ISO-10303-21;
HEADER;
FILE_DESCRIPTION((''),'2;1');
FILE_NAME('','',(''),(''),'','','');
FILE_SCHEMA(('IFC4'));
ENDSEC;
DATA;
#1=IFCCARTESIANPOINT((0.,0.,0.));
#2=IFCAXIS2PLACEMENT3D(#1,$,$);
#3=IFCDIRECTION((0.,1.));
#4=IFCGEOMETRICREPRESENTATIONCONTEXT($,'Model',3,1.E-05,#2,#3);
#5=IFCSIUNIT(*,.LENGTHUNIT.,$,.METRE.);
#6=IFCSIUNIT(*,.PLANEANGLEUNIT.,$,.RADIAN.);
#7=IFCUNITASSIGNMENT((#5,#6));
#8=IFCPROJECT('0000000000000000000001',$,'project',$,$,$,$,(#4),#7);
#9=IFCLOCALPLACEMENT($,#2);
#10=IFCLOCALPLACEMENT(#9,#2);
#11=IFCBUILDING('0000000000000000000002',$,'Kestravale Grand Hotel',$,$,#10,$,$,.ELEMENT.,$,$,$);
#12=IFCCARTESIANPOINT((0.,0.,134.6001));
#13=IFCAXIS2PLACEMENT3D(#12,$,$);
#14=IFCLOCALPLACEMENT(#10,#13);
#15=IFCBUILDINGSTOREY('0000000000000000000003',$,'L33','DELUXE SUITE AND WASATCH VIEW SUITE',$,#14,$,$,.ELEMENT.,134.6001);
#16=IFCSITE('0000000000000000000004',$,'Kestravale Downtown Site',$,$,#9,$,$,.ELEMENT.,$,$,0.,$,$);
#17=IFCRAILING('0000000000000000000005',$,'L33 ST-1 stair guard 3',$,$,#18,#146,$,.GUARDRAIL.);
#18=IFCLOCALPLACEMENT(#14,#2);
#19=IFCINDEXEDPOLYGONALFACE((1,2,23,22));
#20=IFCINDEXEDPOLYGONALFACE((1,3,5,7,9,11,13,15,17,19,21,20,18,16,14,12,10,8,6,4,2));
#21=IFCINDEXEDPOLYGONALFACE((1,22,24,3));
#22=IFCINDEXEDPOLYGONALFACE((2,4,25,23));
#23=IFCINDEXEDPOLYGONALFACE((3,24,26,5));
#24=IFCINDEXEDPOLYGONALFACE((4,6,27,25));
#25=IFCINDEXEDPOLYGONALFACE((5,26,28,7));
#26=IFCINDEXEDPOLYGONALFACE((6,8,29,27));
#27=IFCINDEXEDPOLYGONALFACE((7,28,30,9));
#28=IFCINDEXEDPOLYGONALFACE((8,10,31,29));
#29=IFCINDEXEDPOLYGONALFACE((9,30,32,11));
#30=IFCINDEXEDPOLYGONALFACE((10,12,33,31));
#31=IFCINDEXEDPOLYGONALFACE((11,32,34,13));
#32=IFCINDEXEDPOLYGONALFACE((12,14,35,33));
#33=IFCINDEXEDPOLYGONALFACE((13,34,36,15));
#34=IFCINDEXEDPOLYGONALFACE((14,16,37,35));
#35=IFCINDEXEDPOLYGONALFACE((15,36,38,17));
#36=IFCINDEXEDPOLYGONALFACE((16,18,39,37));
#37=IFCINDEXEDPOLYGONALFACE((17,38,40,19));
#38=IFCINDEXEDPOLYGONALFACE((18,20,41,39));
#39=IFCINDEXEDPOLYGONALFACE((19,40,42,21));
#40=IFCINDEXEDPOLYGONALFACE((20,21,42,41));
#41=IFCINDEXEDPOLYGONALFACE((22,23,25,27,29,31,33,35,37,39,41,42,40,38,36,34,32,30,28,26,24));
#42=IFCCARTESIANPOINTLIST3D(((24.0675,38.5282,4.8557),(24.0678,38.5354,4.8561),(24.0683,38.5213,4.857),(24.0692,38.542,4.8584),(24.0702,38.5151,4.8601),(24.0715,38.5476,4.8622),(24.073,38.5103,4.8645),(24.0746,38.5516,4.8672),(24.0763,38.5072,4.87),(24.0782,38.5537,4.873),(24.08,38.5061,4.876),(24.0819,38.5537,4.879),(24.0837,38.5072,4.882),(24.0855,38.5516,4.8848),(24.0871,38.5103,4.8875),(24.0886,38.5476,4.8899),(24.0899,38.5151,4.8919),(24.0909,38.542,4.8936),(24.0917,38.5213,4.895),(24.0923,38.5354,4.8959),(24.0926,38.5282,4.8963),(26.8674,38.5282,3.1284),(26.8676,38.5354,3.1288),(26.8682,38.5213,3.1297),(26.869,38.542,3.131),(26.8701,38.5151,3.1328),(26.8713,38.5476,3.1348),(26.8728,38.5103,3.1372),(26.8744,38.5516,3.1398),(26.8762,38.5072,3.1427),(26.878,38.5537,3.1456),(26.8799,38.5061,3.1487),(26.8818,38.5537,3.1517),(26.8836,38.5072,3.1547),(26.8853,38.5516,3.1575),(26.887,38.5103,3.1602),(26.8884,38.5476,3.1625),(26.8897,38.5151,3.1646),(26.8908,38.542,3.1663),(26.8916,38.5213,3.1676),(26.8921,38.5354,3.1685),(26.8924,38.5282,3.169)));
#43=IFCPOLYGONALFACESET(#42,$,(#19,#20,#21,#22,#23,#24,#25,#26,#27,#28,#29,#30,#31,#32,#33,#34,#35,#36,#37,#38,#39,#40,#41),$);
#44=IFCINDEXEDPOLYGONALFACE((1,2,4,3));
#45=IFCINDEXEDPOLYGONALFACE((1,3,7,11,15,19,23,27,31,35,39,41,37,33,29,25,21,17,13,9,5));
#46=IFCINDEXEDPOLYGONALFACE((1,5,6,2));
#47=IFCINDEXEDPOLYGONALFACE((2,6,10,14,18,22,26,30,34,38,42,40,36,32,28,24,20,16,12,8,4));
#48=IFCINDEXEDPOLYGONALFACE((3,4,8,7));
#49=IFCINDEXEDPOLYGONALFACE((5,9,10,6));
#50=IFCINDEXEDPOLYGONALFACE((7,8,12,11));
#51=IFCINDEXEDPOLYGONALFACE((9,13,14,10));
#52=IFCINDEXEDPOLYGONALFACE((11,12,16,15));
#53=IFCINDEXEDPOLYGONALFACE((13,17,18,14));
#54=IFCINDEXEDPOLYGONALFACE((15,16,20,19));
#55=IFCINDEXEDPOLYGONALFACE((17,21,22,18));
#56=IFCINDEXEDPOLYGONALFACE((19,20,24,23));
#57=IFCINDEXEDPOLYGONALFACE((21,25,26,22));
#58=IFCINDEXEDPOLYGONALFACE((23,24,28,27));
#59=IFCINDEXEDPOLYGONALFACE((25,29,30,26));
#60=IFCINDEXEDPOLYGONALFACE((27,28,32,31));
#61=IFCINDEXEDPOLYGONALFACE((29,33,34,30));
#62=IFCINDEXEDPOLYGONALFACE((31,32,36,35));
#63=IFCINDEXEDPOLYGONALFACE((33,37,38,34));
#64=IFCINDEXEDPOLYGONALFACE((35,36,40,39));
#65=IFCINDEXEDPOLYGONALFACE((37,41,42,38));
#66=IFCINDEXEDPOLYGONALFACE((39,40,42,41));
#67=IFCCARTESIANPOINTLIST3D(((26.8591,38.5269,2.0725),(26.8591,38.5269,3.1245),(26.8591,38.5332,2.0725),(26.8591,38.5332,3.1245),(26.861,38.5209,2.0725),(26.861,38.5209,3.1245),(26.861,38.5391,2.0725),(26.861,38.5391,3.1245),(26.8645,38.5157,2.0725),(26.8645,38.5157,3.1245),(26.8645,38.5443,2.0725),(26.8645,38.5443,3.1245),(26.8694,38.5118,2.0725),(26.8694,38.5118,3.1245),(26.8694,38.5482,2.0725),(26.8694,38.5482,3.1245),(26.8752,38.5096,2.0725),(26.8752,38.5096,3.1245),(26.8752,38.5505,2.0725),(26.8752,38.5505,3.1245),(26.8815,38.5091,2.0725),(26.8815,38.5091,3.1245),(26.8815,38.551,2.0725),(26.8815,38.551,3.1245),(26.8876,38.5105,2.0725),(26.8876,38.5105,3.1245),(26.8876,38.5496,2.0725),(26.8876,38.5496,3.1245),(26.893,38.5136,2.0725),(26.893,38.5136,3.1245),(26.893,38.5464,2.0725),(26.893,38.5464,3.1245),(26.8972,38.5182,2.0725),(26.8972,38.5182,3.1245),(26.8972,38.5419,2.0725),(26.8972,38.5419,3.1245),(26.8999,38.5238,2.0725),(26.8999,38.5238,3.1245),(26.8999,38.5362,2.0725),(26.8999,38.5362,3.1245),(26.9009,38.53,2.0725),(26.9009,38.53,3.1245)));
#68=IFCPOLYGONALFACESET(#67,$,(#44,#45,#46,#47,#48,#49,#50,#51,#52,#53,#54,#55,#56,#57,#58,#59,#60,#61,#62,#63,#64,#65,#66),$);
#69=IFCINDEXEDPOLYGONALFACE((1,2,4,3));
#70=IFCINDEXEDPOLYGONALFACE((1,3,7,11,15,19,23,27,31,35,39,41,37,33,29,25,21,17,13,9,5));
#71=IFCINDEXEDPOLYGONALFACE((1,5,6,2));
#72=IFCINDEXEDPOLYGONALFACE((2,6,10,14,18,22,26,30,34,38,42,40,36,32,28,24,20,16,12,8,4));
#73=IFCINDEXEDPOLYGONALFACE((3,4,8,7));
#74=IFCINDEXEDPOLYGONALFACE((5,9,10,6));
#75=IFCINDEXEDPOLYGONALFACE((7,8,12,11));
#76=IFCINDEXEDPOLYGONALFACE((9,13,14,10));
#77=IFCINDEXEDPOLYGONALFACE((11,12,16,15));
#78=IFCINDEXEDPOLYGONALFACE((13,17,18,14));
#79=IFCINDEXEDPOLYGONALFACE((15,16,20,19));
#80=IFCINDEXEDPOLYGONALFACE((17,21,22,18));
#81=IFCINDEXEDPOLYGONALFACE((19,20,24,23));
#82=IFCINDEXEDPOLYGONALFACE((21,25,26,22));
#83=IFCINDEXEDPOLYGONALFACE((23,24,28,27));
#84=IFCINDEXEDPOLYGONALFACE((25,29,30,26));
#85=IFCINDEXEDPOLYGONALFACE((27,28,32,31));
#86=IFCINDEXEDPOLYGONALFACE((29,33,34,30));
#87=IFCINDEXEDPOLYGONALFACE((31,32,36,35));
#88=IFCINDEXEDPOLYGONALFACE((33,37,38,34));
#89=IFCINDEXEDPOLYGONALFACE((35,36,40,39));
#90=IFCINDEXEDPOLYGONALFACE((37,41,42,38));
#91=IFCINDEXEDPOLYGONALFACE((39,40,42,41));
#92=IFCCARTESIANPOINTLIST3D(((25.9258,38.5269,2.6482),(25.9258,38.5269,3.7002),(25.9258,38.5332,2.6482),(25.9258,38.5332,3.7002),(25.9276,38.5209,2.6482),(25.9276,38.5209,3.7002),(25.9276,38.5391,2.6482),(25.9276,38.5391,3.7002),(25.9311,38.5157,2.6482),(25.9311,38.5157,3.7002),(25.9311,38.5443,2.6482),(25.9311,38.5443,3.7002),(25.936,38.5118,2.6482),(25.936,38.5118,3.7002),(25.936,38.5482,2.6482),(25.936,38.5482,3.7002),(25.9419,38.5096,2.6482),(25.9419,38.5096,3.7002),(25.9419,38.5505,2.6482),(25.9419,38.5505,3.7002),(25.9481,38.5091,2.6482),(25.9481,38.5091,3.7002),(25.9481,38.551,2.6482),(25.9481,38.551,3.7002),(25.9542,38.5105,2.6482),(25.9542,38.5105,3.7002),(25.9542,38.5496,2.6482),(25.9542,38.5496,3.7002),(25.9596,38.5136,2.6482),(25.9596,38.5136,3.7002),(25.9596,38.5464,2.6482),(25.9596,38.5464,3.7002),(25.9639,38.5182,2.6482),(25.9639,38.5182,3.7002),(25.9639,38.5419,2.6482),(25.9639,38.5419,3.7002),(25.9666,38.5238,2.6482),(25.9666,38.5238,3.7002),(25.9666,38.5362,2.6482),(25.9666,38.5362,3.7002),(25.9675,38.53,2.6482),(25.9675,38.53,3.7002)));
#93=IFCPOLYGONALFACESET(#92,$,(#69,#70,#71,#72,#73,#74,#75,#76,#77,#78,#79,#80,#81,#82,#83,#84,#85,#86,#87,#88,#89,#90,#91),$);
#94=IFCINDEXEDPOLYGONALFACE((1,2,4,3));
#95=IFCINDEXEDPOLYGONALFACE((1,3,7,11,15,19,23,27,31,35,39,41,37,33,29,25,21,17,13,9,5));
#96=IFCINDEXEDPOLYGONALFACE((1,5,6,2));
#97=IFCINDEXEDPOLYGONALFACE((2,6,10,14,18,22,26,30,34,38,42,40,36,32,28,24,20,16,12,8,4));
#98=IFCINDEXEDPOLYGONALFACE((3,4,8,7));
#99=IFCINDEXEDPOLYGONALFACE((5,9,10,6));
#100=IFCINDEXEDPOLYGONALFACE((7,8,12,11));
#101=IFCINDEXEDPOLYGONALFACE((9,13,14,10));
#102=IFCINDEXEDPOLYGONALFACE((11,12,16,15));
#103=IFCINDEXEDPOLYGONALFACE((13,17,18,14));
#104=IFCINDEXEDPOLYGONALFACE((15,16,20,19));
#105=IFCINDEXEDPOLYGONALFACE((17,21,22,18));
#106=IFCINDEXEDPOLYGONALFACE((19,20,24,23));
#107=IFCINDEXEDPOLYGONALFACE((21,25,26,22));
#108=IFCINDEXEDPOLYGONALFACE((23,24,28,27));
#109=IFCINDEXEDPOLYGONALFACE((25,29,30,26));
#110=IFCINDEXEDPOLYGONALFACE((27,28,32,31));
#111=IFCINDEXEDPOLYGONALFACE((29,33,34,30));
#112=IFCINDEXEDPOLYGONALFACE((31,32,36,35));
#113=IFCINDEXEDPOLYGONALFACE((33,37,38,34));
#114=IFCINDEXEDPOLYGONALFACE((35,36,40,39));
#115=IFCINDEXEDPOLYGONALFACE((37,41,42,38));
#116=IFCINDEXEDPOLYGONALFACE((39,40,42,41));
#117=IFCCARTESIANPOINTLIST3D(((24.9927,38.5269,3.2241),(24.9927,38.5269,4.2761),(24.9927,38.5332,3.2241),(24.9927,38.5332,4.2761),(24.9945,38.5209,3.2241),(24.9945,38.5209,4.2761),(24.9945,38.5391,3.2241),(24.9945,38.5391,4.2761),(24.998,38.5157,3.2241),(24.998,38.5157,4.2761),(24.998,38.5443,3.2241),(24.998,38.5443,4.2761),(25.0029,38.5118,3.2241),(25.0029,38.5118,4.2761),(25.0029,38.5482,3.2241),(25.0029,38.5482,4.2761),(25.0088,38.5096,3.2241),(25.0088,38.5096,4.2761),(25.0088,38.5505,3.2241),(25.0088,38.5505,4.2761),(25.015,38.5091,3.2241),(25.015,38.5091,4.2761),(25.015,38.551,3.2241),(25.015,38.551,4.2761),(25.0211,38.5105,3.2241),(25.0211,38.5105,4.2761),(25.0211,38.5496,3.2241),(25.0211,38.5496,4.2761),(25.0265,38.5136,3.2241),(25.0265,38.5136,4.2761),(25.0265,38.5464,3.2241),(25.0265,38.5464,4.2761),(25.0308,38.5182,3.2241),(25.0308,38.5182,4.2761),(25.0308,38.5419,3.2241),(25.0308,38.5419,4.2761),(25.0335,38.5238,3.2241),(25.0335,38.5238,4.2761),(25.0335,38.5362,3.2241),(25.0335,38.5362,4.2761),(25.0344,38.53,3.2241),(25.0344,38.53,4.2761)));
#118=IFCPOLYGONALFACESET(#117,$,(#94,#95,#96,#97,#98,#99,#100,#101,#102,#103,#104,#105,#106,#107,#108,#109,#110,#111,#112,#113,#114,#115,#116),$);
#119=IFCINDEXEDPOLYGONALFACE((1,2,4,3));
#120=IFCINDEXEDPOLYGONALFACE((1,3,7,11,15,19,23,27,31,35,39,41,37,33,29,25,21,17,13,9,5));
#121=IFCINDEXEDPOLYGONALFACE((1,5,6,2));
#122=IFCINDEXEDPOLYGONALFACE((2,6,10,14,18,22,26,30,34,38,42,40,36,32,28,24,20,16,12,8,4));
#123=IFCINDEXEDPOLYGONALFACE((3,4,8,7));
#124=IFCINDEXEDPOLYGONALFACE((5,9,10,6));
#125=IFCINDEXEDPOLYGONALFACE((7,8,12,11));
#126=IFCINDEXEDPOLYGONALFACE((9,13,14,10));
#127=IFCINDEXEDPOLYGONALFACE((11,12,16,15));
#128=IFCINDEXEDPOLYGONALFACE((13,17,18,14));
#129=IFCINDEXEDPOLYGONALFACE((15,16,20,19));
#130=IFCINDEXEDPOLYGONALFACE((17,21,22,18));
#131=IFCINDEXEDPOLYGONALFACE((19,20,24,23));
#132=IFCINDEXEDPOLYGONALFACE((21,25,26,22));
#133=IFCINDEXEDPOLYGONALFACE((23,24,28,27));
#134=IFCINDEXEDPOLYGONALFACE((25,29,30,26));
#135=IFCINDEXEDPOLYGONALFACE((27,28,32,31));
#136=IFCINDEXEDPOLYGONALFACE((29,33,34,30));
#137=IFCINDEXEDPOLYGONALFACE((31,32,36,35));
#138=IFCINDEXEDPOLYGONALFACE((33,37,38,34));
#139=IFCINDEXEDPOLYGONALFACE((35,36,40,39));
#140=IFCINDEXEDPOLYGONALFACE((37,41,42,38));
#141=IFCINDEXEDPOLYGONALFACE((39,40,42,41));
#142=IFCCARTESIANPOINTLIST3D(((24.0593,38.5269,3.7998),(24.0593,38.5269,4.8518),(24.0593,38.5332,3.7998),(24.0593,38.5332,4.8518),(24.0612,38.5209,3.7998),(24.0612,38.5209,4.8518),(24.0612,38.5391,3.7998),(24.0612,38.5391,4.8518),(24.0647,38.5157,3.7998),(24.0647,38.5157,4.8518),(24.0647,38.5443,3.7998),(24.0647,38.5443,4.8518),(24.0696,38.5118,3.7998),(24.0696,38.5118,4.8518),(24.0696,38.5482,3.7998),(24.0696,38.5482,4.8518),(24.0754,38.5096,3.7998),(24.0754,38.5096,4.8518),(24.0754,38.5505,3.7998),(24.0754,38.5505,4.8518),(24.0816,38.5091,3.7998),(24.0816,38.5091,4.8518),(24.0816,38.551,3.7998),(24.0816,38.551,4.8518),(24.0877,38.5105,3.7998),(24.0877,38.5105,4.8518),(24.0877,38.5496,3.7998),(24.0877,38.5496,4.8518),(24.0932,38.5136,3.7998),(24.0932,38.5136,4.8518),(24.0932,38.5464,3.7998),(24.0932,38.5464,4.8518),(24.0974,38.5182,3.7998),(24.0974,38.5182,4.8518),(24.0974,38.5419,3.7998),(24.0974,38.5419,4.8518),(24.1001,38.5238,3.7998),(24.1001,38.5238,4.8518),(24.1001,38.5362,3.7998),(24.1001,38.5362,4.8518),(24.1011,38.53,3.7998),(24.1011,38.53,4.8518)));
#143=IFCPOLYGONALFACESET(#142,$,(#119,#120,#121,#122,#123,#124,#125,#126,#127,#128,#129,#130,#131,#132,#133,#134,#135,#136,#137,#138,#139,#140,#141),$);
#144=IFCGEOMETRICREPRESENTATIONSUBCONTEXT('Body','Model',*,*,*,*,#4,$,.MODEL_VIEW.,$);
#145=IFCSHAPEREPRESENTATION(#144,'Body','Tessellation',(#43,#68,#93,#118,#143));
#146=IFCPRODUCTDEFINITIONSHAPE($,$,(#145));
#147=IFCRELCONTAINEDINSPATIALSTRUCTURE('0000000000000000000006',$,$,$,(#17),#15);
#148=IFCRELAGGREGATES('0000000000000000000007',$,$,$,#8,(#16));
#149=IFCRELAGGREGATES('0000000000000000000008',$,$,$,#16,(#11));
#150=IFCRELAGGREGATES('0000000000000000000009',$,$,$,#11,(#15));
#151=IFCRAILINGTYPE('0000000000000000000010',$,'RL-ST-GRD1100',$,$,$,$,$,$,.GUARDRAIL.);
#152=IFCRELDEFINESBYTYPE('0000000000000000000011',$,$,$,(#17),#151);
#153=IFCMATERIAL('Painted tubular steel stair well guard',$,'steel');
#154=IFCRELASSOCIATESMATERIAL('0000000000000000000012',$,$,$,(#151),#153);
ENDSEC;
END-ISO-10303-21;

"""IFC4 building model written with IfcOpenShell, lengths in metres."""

from ifc_helpers import new_model, si_unit, direction, frame, origin, origin_2d, place, context, subcontext, project, spatial, circle, extrude, material, type_object, element, save


model = new_model("IFC4")

# Units and contexts
model_context = context("Model", 3, precision=1e-05, world=origin(), true_north=direction((0.0, 1.0)))
body_context = subcontext(model_context, "Body", "Model", "MODEL_VIEW")
ifc_project = project(units=[si_unit("LENGTHUNIT", "METRE"), si_unit("PLANEANGLEUNIT", "RADIAN")], contexts=[model_context])

# Site, building, storey
site_placement = place(None, origin())
site = spatial("IfcSite", under=ifc_project, at=site_placement, Name="Kestravale Downtown Site", CompositionType="ELEMENT", RefElevation=0.0)
building_placement = place(site_placement, origin())
building = spatial("IfcBuilding", under=site, at=building_placement, Name="Kestravale Grand Hotel", CompositionType="ELEMENT")
storey_placement = place(building_placement, frame((0.0, 0.0, 134.6001)))
storey = spatial("IfcBuildingStorey", under=building, at=storey_placement, Name="L33", Description="DELUXE SUITE AND WASATCH VIEW SUITE", CompositionType="ELEMENT", Elevation=134.6001)

# Railing
ifc_material_1 = material(Name="Painted tubular steel stair well guard", Category="steel")
railing_type_1 = type_object("IfcRailingType", Name="RL-ST-GRD1100", PredefinedType="GUARDRAIL", material=ifc_material_1)
railing_1_placement = place(storey_placement, frame((26.8799, 38.53, 2.0725)))
element("IfcRailing", 1, at=railing_1_placement, inside=storey, type_object=railing_type_1, Name="L33 ST-1 stair guard 3", PredefinedType="GUARDRAIL", context=body_context, shape_type="SweptSolid", body=[
    extrude(circle(Radius=0.0239, at=origin_2d()), frame((0.0, 0.0, 1.0762), z_axis=(-0.851069, 0.0, 0.525054), x_axis=(0.0, -1.0, 0.0)), (0.0, 0.0, 1.0), 3.2898),
    extrude(circle(Radius=0.021, at=origin_2d()), origin(), (0.0, 0.0, 1.0), 1.052),
    extrude(circle(Radius=0.021, at=origin_2d()), frame((-0.9333, 0.0, 0.5757)), (0.0, 0.0, 1.0), 1.052),
    extrude(circle(Radius=0.021, at=origin_2d()), frame((-1.8665, 0.0, 1.1516)), (0.0, 0.0, 1.0), 1.052),
    extrude(circle(Radius=0.021, at=origin_2d()), frame((-2.7998, 0.0, 1.7273)), (0.0, 0.0, 1.0), 1.052),
])

save(model, "model.ifc")
